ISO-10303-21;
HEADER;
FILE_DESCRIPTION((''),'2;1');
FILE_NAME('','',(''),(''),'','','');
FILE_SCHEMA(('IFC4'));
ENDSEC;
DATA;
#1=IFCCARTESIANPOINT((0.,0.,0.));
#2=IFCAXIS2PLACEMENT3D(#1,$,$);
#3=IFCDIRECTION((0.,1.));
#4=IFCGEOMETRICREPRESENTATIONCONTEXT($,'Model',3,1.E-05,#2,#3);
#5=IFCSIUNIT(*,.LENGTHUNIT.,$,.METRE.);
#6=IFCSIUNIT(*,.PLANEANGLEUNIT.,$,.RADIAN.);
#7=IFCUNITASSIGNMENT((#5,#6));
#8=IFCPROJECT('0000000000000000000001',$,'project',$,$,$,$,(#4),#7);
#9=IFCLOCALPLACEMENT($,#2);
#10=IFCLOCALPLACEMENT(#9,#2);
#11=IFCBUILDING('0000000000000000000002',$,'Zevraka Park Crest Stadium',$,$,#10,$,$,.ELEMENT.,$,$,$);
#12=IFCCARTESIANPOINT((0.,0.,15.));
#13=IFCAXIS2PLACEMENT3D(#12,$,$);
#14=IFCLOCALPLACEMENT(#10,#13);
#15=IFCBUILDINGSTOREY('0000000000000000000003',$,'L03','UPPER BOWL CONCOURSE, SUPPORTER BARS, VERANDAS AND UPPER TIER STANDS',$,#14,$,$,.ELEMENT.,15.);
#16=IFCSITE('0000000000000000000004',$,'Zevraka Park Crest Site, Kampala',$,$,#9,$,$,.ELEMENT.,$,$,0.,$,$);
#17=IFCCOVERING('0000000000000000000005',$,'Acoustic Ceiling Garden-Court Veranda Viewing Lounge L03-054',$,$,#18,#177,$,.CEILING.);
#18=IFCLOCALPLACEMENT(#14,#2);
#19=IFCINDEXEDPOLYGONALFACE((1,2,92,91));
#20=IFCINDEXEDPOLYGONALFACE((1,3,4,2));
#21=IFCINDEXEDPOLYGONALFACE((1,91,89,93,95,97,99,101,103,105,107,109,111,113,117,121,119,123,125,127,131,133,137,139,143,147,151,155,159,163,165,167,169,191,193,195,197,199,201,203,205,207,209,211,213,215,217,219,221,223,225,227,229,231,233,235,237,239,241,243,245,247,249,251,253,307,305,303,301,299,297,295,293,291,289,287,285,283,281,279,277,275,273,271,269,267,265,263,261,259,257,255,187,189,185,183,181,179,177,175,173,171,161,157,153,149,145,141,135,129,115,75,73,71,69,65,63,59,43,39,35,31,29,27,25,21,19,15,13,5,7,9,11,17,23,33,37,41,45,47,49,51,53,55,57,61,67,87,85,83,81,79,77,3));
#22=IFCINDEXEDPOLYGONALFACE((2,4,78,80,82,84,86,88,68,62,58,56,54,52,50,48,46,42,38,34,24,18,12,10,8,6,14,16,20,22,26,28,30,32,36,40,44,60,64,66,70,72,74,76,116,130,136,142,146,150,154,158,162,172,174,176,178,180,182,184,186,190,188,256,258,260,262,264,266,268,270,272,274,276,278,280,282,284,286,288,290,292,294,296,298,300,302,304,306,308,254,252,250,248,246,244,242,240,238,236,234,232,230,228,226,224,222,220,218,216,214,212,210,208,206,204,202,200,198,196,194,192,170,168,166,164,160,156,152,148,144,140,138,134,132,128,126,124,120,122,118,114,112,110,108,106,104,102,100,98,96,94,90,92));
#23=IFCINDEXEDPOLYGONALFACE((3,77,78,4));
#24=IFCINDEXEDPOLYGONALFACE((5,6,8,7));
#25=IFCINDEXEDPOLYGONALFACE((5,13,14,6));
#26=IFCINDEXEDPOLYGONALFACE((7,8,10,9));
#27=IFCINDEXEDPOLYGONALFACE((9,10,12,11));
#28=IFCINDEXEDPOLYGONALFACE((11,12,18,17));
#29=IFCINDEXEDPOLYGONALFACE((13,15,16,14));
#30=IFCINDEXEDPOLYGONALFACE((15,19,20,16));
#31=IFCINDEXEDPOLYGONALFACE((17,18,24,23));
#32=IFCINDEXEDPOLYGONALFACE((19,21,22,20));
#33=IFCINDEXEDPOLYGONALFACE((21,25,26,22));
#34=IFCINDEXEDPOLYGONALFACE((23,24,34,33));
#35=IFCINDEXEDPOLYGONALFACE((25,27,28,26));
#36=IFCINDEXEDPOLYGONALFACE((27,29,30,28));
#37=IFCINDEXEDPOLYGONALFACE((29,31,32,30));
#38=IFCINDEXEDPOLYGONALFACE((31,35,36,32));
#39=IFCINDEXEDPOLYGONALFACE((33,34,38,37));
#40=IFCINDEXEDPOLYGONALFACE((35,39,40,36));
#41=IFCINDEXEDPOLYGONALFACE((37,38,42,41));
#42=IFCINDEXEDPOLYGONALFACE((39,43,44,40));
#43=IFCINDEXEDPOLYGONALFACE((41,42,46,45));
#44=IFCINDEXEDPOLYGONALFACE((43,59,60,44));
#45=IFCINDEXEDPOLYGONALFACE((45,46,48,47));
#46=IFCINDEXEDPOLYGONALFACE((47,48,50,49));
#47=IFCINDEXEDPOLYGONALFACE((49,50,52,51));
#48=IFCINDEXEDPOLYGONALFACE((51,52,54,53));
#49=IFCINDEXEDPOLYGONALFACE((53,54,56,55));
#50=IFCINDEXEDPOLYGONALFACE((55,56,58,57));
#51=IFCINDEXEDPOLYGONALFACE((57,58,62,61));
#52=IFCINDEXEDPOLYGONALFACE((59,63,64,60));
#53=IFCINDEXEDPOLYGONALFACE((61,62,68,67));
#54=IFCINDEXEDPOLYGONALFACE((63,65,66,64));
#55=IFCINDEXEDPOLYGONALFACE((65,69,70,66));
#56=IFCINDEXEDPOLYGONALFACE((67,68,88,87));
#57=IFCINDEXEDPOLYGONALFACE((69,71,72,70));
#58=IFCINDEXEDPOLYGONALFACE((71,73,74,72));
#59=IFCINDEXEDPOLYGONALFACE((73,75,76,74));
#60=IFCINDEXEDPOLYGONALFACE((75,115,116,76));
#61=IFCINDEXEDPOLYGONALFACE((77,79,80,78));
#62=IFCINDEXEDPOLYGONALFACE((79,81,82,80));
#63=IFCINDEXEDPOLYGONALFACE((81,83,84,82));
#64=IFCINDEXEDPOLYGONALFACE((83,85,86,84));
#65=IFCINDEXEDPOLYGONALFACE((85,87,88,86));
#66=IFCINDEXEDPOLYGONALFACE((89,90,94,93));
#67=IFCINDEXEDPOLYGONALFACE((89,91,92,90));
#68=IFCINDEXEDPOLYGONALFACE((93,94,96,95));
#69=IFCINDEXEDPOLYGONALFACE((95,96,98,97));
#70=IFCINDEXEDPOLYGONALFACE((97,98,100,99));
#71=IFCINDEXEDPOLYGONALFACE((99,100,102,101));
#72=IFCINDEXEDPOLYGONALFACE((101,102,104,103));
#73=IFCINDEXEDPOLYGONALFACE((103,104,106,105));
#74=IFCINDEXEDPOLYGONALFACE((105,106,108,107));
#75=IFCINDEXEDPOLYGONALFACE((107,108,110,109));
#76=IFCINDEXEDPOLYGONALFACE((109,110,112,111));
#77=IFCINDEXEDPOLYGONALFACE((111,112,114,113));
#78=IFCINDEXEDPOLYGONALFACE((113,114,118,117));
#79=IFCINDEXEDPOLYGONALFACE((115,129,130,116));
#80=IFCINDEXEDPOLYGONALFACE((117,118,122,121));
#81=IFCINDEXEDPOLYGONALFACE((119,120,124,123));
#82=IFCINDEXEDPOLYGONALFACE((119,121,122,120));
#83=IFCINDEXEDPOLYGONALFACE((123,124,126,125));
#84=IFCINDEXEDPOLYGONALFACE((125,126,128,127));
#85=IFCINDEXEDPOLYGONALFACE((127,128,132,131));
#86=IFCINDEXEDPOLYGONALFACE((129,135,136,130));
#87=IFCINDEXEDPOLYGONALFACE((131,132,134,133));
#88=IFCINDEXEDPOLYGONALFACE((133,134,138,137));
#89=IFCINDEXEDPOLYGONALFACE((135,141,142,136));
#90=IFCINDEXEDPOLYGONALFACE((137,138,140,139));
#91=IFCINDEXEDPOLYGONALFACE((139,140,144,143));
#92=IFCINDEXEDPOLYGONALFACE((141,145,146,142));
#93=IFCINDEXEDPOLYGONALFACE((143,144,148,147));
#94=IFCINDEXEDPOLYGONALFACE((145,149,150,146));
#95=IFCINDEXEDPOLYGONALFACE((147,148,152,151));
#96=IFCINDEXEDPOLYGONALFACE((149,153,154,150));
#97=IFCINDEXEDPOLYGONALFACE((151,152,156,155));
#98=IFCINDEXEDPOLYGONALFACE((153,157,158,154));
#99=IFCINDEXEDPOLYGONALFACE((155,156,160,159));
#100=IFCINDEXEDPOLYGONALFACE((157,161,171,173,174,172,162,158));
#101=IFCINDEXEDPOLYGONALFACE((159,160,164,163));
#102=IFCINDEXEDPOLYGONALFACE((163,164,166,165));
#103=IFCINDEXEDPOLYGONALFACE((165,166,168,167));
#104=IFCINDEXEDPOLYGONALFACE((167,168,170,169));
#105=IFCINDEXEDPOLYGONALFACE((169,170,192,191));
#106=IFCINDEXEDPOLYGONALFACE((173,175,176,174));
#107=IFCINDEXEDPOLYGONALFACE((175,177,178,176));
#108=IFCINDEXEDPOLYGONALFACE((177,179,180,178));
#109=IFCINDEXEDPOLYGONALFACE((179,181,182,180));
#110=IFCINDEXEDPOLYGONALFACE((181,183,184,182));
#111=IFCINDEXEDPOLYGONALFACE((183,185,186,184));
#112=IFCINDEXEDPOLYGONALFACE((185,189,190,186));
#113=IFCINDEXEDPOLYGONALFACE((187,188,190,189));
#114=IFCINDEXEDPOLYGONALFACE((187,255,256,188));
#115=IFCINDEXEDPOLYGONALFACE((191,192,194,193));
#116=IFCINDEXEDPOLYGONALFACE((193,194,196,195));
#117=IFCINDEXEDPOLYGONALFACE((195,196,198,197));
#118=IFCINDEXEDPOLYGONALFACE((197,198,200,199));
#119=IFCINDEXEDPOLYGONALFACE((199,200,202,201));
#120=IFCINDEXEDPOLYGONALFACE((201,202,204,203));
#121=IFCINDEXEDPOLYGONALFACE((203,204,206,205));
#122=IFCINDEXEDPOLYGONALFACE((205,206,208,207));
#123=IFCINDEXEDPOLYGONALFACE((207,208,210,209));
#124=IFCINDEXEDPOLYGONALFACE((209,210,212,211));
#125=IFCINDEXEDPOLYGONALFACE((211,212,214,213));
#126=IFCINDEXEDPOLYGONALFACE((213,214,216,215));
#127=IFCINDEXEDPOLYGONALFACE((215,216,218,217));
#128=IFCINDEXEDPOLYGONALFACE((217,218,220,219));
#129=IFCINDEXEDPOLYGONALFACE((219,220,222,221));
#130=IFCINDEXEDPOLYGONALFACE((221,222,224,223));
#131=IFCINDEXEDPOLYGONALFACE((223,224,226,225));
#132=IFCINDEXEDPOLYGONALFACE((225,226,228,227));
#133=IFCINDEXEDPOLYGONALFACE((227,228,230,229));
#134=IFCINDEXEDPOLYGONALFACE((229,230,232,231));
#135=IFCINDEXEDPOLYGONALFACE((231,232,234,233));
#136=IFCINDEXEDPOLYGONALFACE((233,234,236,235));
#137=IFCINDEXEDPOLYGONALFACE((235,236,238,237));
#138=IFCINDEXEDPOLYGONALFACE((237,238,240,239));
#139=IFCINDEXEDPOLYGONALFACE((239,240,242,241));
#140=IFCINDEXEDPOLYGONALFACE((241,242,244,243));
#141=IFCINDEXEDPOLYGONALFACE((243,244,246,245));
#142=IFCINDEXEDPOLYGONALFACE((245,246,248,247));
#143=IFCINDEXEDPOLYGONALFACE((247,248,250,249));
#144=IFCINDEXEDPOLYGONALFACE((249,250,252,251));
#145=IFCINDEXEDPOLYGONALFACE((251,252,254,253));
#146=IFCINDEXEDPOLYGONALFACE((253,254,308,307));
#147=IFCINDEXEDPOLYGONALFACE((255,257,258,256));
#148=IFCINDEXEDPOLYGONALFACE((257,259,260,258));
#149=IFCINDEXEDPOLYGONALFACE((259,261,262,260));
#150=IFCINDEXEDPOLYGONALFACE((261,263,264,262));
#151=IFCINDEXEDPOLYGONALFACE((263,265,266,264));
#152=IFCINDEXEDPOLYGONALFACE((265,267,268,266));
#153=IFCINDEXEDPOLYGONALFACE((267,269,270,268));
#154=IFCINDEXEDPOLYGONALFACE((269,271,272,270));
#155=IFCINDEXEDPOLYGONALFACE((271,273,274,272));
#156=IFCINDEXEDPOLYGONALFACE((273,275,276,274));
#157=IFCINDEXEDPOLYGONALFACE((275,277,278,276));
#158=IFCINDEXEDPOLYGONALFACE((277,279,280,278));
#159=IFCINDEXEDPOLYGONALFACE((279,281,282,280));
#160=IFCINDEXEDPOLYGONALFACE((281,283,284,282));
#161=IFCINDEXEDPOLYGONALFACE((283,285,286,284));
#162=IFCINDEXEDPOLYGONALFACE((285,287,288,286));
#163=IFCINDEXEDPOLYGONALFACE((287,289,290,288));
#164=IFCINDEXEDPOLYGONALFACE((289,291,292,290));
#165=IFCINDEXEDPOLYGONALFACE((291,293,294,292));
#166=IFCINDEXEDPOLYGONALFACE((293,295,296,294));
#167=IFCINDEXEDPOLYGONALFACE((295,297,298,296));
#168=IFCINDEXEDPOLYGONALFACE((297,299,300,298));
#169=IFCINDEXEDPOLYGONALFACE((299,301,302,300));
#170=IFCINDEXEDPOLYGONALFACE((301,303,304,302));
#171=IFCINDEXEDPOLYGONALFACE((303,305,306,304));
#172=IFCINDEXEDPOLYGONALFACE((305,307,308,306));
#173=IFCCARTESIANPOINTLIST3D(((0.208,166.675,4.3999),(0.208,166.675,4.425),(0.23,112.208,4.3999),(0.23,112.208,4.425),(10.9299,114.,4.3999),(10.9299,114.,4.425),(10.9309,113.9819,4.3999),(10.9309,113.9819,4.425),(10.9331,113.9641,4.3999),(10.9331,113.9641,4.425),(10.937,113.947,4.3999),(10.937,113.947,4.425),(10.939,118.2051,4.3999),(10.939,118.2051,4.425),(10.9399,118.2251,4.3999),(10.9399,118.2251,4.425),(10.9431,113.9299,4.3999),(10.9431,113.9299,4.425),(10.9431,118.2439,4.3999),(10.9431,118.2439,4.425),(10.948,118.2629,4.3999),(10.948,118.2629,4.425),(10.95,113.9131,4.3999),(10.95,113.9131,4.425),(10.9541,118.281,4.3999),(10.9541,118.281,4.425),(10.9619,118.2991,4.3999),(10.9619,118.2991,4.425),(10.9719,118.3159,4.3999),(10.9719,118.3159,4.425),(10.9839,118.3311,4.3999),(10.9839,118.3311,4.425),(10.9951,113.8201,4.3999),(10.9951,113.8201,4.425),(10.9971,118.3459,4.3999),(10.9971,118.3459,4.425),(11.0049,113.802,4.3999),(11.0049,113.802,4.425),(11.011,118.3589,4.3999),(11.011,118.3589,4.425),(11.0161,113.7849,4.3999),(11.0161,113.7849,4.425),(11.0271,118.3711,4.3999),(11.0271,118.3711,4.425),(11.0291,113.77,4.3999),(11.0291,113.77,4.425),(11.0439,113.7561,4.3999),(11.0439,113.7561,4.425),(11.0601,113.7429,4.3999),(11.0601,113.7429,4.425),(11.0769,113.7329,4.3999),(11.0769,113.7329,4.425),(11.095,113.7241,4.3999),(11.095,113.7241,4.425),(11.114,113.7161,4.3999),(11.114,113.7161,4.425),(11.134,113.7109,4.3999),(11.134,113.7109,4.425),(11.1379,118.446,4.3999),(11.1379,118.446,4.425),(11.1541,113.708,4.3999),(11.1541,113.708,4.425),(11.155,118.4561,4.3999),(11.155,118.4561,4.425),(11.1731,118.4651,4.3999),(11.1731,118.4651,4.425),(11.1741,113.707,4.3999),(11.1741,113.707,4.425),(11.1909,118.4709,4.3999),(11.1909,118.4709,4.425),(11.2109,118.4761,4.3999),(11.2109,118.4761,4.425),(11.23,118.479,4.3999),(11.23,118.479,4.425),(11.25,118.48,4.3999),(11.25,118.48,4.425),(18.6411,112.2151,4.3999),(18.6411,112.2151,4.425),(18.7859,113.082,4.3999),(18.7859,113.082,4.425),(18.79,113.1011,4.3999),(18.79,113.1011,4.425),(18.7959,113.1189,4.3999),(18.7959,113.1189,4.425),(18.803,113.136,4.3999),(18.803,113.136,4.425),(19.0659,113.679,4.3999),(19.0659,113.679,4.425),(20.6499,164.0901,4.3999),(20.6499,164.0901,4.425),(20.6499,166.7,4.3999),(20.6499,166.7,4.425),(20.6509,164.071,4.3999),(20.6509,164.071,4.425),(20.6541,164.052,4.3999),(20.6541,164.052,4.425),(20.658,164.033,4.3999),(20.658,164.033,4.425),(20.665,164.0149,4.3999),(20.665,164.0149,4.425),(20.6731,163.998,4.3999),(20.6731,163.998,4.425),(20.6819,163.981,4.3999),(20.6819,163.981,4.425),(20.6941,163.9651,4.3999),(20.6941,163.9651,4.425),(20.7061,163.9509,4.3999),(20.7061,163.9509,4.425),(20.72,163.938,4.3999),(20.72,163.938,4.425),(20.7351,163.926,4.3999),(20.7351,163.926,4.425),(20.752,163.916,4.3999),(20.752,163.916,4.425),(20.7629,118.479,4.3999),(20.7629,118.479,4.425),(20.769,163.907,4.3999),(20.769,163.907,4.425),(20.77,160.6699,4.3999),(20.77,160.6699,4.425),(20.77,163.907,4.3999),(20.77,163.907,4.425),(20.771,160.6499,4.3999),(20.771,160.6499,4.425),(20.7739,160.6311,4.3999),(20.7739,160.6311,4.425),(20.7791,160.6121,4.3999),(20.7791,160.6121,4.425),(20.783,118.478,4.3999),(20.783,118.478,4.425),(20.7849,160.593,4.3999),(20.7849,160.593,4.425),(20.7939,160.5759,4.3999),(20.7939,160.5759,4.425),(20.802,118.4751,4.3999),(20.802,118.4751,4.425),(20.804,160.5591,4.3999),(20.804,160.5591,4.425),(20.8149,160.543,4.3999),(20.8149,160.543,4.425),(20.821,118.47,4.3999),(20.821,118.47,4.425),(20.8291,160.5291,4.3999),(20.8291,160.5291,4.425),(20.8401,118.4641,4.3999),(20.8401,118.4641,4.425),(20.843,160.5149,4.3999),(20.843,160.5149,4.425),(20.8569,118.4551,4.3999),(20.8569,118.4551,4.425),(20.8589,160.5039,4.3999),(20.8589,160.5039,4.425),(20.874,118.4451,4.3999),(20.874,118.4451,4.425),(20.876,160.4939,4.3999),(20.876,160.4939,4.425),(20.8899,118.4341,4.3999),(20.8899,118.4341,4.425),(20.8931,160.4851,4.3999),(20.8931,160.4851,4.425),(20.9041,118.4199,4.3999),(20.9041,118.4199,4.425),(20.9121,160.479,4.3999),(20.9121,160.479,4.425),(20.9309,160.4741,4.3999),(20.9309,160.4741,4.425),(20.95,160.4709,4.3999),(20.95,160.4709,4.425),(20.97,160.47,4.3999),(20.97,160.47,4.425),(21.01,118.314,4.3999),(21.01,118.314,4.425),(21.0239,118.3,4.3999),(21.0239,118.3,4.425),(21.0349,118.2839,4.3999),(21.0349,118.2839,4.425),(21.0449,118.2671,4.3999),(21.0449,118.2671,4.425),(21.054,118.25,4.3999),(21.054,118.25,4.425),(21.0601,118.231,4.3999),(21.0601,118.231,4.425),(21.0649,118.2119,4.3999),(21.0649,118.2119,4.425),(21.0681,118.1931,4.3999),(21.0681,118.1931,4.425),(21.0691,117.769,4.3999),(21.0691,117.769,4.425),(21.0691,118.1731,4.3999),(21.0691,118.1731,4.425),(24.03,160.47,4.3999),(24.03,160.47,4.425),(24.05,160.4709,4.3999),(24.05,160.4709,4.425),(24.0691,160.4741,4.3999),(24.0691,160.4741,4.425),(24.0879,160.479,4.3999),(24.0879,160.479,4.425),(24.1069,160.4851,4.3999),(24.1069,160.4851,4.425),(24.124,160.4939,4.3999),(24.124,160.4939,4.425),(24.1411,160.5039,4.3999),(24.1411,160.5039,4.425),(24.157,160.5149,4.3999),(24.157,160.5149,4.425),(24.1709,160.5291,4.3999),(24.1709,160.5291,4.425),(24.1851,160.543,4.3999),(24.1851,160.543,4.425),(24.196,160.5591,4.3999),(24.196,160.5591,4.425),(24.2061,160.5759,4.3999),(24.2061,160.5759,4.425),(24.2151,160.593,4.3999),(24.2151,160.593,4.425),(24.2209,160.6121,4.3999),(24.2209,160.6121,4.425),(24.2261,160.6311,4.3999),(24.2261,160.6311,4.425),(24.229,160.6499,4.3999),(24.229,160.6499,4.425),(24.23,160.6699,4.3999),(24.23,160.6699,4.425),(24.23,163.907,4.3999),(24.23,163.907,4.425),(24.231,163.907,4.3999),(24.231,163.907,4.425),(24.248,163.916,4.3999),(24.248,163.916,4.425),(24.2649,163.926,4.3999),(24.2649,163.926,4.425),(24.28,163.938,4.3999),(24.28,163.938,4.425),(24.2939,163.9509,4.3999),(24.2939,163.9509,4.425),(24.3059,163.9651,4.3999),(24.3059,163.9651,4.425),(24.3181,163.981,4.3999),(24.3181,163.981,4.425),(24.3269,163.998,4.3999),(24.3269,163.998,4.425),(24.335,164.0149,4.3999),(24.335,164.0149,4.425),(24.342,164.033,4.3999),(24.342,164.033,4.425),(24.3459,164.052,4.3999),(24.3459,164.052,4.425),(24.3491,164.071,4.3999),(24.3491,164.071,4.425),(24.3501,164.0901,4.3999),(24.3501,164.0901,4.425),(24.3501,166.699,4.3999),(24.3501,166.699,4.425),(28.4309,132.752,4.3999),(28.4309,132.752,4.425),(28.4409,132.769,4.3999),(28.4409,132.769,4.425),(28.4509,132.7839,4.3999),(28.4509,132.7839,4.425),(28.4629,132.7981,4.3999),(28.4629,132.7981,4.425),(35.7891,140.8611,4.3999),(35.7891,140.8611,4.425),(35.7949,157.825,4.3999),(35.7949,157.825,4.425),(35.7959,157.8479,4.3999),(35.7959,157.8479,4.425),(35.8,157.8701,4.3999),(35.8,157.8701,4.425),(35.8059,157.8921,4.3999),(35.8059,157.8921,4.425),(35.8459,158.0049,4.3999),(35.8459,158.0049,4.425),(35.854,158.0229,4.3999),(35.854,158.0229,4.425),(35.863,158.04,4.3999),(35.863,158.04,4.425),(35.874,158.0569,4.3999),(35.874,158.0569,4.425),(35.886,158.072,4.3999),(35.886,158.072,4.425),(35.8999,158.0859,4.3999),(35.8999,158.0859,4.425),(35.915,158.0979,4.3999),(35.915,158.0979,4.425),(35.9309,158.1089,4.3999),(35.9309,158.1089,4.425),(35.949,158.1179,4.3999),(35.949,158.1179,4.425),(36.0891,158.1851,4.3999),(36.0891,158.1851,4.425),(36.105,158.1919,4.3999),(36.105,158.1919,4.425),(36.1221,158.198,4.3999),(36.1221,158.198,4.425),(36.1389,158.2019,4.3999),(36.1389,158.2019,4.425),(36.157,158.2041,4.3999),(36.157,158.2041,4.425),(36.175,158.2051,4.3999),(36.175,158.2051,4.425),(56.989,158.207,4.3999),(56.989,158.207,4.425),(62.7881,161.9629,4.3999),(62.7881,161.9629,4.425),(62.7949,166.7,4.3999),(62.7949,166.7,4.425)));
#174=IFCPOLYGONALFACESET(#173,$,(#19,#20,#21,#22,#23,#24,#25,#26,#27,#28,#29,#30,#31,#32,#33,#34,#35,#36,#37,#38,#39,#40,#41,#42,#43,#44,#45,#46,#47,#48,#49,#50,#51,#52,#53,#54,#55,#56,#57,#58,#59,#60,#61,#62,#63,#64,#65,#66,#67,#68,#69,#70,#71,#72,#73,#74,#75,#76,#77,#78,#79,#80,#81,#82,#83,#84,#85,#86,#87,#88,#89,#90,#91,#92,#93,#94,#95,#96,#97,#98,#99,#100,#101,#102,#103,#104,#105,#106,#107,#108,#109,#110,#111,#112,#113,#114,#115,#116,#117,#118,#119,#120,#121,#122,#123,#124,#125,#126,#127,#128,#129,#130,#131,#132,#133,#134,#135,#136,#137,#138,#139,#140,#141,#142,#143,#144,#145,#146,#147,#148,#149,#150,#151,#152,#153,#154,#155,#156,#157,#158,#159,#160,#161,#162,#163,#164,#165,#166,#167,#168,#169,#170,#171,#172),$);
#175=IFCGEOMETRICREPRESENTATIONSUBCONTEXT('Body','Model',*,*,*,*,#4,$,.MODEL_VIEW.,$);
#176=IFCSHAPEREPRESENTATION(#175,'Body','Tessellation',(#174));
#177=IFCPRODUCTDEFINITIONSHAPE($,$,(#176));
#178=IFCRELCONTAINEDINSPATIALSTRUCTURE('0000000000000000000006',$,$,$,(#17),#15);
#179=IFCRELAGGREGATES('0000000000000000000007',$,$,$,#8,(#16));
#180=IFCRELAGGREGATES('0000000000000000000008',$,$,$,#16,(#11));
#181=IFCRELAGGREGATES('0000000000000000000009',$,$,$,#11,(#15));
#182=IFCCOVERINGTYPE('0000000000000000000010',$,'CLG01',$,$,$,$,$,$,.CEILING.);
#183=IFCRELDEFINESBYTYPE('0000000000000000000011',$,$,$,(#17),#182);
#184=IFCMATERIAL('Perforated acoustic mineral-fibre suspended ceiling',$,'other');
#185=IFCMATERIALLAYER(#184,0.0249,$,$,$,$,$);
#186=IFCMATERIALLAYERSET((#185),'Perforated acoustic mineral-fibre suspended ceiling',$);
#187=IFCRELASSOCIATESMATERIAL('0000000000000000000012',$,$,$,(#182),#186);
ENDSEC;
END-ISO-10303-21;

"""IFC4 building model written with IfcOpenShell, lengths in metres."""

from ifc_helpers import new_model, si_unit, direction, frame, origin, place, context, subcontext, project, spatial, polyline, outline, extrude, material, layer, layer_set, type_object, element, save


model = new_model("IFC4")

# Units and contexts
model_context = context("Model", 3, precision=1e-05, world=origin(), true_north=direction((0.0, 1.0)))
body_context = subcontext(model_context, "Body", "Model", "MODEL_VIEW")
ifc_project = project(units=[si_unit("LENGTHUNIT", "METRE"), si_unit("PLANEANGLEUNIT", "RADIAN")], contexts=[model_context])

# Site, building, storey
site_placement = place(None, origin())
site = spatial("IfcSite", under=ifc_project, at=site_placement, Name="Zevraka Park Crest Site, Kampala", CompositionType="ELEMENT", RefElevation=0.0)
building_placement = place(site_placement, origin())
building = spatial("IfcBuilding", under=site, at=building_placement, Name="Zevraka Park Crest Stadium", CompositionType="ELEMENT")
storey_placement = place(building_placement, frame((0.0, 0.0, 15.0)))
storey = spatial("IfcBuildingStorey", under=building, at=storey_placement, Name="L03", Description="UPPER BOWL CONCOURSE, SUPPORTER BARS, VERANDAS AND UPPER TIER STANDS", CompositionType="ELEMENT", Elevation=15.0)

# Covering
ifc_material_1 = material(Name="Perforated acoustic mineral-fibre suspended ceiling", Category="other")
ifc_layer_1 = layer(ifc_material_1, 0.0249)
ifc_layer_set_1 = layer_set([ifc_layer_1], Name="Perforated acoustic mineral-fibre suspended ceiling")
covering_type_1 = type_object("IfcCoveringType", Name="CLG01", PredefinedType="CEILING", material=ifc_layer_set_1)
covering_1_placement = place(storey_placement, frame((0.0, 0.0, 4.3999)))
element("IfcCovering", 1, at=covering_1_placement, inside=storey, type_object=covering_type_1, Name="Acoustic Ceiling Garden-Court Veranda Viewing Lounge L03-054", PredefinedType="CEILING", context=body_context, shape_type="SweptSolid", body=[
    extrude(outline(polyline([(19.0659, 113.679), (18.803, 113.136), (18.7959, 113.1189), (18.79, 113.1011), (18.7859, 113.082), (18.6411, 112.2151), (0.23, 112.208), (0.208, 166.675), (20.6499, 166.7), (20.6499, 164.0901), (20.6509, 164.071), (20.6541, 164.052), (20.658, 164.033), (20.665, 164.0149), (20.6731, 163.998), (20.6819, 163.981), (20.6941, 163.9651), (20.7061, 163.9509), (20.72, 163.938), (20.7351, 163.926), (20.752, 163.916), (20.769, 163.907), (20.77, 163.907), (20.77, 160.6699), (20.771, 160.6499), (20.7739, 160.6311), (20.7791, 160.6121), (20.7849, 160.593), (20.7939, 160.5759), (20.804, 160.5591), (20.8149, 160.543), (20.8291, 160.5291), (20.843, 160.5149), (20.8589, 160.5039), (20.876, 160.4939), (20.8931, 160.4851), (20.9121, 160.479), (20.9309, 160.4741), (20.95, 160.4709), (20.97, 160.47), (24.03, 160.47), (24.05, 160.4709), (24.0691, 160.4741), (24.0879, 160.479), (24.1069, 160.4851), (24.124, 160.4939), (24.1411, 160.5039), (24.157, 160.5149), (24.1709, 160.5291), (24.1851, 160.543), (24.196, 160.5591), (24.2061, 160.5759), (24.2151, 160.593), (24.2209, 160.6121), (24.2261, 160.6311), (24.229, 160.6499), (24.23, 160.6699), (24.23, 163.907), (24.231, 163.907), (24.248, 163.916), (24.2649, 163.926), (24.28, 163.938), (24.2939, 163.9509), (24.3059, 163.9651), (24.3181, 163.981), (24.3269, 163.998), (24.335, 164.0149), (24.342, 164.033), (24.3459, 164.052), (24.3491, 164.071), (24.3501, 164.0901), (24.3501, 166.699), (62.7949, 166.7), (62.7881, 161.9629), (56.989, 158.207), (36.175, 158.2051), (36.157, 158.2041), (36.1389, 158.2019), (36.1221, 158.198), (36.105, 158.1919), (36.0891, 158.1851), (35.949, 158.1179), (35.9309, 158.1089), (35.915, 158.0979), (35.8999, 158.0859), (35.886, 158.072), (35.874, 158.0569), (35.863, 158.04), (35.854, 158.0229), (35.8459, 158.0049), (35.8059, 157.8921), (35.8, 157.8701), (35.7959, 157.8479), (35.7949, 157.825), (35.7891, 140.8611), (28.4629, 132.7981), (28.4509, 132.7839), (28.4409, 132.769), (28.4309, 132.752), (21.0691, 117.769), (21.0691, 118.1731), (21.0681, 118.1931), (21.0649, 118.2119), (21.0601, 118.231), (21.054, 118.25), (21.0449, 118.2671), (21.0349, 118.2839), (21.0239, 118.3), (21.01, 118.314), (20.9041, 118.4199), (20.8899, 118.4341), (20.874, 118.4451), (20.8569, 118.4551), (20.8401, 118.4641), (20.821, 118.47), (20.802, 118.4751), (20.783, 118.478), (20.7629, 118.479), (11.25, 118.48), (11.23, 118.479), (11.2109, 118.4761), (11.1909, 118.4709), (11.1731, 118.4651), (11.155, 118.4561), (11.1379, 118.446), (11.0271, 118.3711), (11.011, 118.3589), (10.9971, 118.3459), (10.9839, 118.3311), (10.9719, 118.3159), (10.9619, 118.2991), (10.9541, 118.281), (10.948, 118.2629), (10.9431, 118.2439), (10.9399, 118.2251), (10.939, 118.2051), (10.9299, 114.0), (10.9309, 113.9819), (10.9331, 113.9641), (10.937, 113.947), (10.9431, 113.9299), (10.95, 113.9131), (10.9951, 113.8201), (11.0049, 113.802), (11.0161, 113.7849), (11.0291, 113.77), (11.0439, 113.7561), (11.0601, 113.7429), (11.0769, 113.7329), (11.095, 113.7241), (11.114, 113.7161), (11.134, 113.7109), (11.1541, 113.708), (11.1741, 113.707), (19.0659, 113.679)])), origin(), (0.0, 0.0, 1.0), 0.0251),
])

save(model, "model.ifc")
